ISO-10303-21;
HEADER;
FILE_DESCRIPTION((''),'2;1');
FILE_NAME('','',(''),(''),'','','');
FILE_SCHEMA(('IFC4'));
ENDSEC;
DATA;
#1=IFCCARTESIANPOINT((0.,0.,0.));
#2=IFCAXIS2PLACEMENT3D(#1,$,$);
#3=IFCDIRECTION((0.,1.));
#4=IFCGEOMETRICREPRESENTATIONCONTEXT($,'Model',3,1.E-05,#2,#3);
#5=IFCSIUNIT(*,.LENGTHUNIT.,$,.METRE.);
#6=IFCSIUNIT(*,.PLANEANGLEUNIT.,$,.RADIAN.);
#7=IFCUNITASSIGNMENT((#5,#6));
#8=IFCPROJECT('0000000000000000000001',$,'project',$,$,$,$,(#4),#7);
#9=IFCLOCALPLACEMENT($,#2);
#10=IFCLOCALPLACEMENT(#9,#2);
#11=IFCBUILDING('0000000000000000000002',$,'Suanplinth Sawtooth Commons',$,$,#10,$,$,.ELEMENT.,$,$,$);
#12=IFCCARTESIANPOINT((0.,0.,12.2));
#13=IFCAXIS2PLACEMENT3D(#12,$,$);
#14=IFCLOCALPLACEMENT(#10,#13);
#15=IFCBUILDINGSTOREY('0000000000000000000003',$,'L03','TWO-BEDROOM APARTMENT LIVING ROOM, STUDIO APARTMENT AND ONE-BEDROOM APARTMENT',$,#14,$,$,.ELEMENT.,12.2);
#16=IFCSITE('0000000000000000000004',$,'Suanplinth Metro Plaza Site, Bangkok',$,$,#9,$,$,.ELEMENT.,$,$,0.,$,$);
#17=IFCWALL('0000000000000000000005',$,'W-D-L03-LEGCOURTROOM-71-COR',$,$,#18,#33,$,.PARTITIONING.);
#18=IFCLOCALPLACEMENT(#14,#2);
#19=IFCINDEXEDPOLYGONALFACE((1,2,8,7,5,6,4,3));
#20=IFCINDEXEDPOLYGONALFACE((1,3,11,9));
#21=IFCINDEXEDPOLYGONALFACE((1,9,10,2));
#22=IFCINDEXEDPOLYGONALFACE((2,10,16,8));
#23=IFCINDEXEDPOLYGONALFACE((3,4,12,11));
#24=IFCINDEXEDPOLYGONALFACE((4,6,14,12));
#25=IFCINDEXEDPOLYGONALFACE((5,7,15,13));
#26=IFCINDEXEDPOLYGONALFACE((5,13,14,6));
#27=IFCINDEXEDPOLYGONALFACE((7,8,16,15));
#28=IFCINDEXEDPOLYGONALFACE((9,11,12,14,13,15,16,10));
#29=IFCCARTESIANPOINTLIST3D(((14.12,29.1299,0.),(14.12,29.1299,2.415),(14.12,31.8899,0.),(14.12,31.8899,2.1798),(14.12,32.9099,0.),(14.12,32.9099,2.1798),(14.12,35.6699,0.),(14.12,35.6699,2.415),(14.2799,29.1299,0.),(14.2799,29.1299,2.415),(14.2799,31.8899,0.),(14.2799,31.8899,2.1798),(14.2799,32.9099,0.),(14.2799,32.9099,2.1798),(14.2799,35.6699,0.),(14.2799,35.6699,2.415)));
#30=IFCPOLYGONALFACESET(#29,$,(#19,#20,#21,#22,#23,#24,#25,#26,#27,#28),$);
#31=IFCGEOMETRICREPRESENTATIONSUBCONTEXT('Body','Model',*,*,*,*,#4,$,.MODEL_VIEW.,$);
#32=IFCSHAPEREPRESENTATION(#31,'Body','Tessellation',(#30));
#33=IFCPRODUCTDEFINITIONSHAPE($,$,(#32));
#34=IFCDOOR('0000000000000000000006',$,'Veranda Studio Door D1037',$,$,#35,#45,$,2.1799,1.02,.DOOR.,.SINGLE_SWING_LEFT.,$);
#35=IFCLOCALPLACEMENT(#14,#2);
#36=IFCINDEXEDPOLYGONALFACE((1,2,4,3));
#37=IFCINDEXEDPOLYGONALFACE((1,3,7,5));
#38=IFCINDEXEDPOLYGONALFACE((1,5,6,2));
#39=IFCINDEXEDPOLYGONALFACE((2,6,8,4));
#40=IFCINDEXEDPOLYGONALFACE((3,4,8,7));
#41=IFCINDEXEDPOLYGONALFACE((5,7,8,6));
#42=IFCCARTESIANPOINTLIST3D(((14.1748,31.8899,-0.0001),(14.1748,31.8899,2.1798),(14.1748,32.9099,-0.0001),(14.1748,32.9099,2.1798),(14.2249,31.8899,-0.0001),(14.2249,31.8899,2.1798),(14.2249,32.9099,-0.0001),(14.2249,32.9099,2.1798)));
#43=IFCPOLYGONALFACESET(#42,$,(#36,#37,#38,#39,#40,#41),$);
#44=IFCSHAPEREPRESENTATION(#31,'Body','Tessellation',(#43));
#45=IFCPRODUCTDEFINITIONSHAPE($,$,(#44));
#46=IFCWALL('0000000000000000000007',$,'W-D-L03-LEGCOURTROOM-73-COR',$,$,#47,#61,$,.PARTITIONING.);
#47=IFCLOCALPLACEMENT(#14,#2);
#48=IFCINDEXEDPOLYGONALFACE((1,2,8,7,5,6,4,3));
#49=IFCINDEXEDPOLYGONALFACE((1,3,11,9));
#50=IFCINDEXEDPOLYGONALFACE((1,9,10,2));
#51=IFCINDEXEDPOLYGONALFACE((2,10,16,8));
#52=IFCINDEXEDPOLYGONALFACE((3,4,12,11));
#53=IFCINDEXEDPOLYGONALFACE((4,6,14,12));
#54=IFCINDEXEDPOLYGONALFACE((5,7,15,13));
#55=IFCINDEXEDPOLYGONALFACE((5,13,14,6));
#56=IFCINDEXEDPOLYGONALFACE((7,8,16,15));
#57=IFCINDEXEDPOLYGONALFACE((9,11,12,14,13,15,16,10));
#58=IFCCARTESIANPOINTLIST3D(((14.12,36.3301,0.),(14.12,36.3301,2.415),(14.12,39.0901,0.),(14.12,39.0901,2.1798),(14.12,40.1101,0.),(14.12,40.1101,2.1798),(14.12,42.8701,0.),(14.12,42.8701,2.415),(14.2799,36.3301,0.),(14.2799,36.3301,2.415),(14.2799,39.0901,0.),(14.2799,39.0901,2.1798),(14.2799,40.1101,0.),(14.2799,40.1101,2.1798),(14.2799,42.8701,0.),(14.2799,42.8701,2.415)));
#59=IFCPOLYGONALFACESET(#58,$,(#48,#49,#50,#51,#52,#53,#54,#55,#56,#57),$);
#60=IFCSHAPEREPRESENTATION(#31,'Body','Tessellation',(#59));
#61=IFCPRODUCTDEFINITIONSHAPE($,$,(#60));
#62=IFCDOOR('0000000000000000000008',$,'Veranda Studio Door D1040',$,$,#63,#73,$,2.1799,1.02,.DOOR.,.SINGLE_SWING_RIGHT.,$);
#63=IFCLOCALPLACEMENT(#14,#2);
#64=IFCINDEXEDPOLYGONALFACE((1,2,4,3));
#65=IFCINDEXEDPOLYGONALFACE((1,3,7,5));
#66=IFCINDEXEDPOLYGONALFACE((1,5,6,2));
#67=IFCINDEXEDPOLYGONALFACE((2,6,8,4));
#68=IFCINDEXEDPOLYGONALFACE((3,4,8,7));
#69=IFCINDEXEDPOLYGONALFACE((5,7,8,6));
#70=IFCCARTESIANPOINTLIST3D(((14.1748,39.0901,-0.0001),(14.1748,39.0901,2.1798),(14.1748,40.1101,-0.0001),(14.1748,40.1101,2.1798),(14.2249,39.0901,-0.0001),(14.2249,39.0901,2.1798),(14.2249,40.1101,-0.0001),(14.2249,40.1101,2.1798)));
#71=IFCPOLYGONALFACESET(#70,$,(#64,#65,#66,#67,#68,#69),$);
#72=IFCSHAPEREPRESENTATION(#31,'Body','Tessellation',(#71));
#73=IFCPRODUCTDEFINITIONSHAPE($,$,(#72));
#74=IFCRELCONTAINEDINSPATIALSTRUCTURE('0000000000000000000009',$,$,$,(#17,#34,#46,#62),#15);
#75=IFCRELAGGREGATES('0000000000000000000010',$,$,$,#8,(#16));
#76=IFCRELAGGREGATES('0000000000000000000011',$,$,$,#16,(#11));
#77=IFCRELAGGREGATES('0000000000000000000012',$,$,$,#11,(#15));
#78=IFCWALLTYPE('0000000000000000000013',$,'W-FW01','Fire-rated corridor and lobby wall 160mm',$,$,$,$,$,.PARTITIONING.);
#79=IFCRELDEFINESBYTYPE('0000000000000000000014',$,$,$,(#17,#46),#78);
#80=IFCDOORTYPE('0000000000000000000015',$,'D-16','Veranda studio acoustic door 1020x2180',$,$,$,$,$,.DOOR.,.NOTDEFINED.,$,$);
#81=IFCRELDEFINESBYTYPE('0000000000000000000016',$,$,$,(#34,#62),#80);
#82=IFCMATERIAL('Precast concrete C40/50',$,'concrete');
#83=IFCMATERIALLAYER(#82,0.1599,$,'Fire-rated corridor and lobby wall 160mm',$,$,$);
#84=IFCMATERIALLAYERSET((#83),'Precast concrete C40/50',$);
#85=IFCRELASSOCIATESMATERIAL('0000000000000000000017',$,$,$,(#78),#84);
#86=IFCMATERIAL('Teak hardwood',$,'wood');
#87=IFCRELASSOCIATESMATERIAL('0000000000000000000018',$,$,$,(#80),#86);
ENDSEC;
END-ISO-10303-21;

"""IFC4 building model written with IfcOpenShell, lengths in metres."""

from ifc_helpers import new_model, si_unit, direction, frame, frame_2d, origin, place, context, subcontext, project, spatial, rectangle, extrude, material, layer, layer_set, type_object, element, fill, save


model = new_model("IFC4")

# Units and contexts
model_context = context("Model", 3, precision=1e-05, world=origin(), true_north=direction((0.0, 1.0)))
body_context = subcontext(model_context, "Body", "Model", "MODEL_VIEW")
ifc_project = project(units=[si_unit("LENGTHUNIT", "METRE"), si_unit("PLANEANGLEUNIT", "RADIAN")], contexts=[model_context])

# Site, building, storey
site_placement = place(None, origin())
site = spatial("IfcSite", under=ifc_project, at=site_placement, Name="Suanplinth Metro Plaza Site, Bangkok", CompositionType="ELEMENT", RefElevation=0.0)
building_placement = place(site_placement, origin())
building = spatial("IfcBuilding", under=site, at=building_placement, Name="Suanplinth Sawtooth Commons", CompositionType="ELEMENT")
storey_placement = place(building_placement, frame((0.0, 0.0, 12.2)))
storey = spatial("IfcBuildingStorey", under=building, at=storey_placement, Name="L03", Description="TWO-BEDROOM APARTMENT LIVING ROOM, STUDIO APARTMENT AND ONE-BEDROOM APARTMENT", CompositionType="ELEMENT", Elevation=12.2)

# Shared definitions
ifc_material_1 = material(Name="Precast concrete C40/50", Category="concrete")

# Walls, openings, doors
ifc_layer_1 = layer(ifc_material_1, 0.1599, Name="Fire-rated corridor and lobby wall 160mm")
ifc_layer_set_1 = layer_set([ifc_layer_1], Name="Precast concrete C40/50")
wall_type_1 = type_object("IfcWallType", Name="W-FW01", Description="Fire-rated corridor and lobby wall 160mm", PredefinedType="PARTITIONING", material=ifc_layer_set_1)
wall_1_placement = place(storey_placement, frame((14.2, 29.1299, 0.0), z_axis=(0.0, 0.0, 1.0), x_axis=(0.0, 1.0, 0.0)))
wall_1 = element("IfcWall", 1, at=wall_1_placement, inside=storey, type_object=wall_type_1, Name="W-D-L03-LEGCOURTROOM-71-COR", PredefinedType="PARTITIONING", context=body_context, shape_type="SweptSolid", body=[
    extrude(rectangle(XDim=6.54, YDim=0.1599, at=frame_2d((3.27, 0.0))), origin(), (0.0, 0.0, 1.0), 2.415),
])
opening_1_placement = place(wall_1_placement, frame((2.76, 0.0, 0.0)))
opening_1 = element("IfcOpeningElement", 2, at=opening_1_placement, cuts=wall_1, PredefinedType="OPENING", context=body_context, shape_type="SweptSolid", body=[
    extrude(rectangle(XDim=1.02, YDim=2.1799, at=frame_2d((0.51, 1.0898))), frame((0.0, 0.0947, 0.0), z_axis=(0.0, -1.0, 0.0), x_axis=(1.0, 0.0, 0.0)), (0.0, 0.0, 1.0), 0.1897),
])
ifc_material_2 = material(Name="Teak hardwood", Category="wood")
door_type_1 = type_object("IfcDoorType", Name="D-16", Description="Veranda studio acoustic door 1020x2180", OperationType="NOTDEFINED", PredefinedType="DOOR", material=ifc_material_2)
door_1_placement = place(opening_1_placement, frame((1.02, 0.0, 0.0), z_axis=(0.0, 0.0, 1.0), x_axis=(-1.0, 0.0, 0.0)))
door_1 = element("IfcDoor", 3, at=door_1_placement, inside=storey, type_object=door_type_1, Name="Veranda Studio Door D1037", OperationType="SINGLE_SWING_LEFT", OverallHeight=2.1799, OverallWidth=1.02, PredefinedType="DOOR", context=body_context, shape_type="SweptSolid", body=[
    extrude(rectangle(XDim=1.02, YDim=2.1799, at=frame_2d((0.51, 1.0898))), frame((0.0, 0.0249, 0.0), z_axis=(0.0, -1.0, 0.0), x_axis=(1.0, 0.0, 0.0)), (0.0, 0.0, 1.0), 0.05),
])
fill(opening_1, door_1)
wall_2_placement = place(storey_placement, frame((14.2, 36.3301, 0.0), z_axis=(0.0, 0.0, 1.0), x_axis=(0.0, 1.0, 0.0)))
wall_2 = element("IfcWall", 4, at=wall_2_placement, inside=storey, type_object=wall_type_1, Name="W-D-L03-LEGCOURTROOM-73-COR", PredefinedType="PARTITIONING", context=body_context, shape_type="SweptSolid", body=[
    extrude(rectangle(XDim=6.54, YDim=0.1599, at=frame_2d((3.27, 0.0))), origin(), (0.0, 0.0, 1.0), 2.415),
])
opening_2_placement = place(wall_2_placement, frame((2.76, 0.0, 0.0)))
opening_2 = element("IfcOpeningElement", 5, at=opening_2_placement, cuts=wall_2, PredefinedType="OPENING", context=body_context, shape_type="SweptSolid", body=[
    extrude(rectangle(XDim=1.02, YDim=2.1799, at=frame_2d((0.51, 1.0898))), frame((0.0, 0.0947, 0.0), z_axis=(0.0, -1.0, 0.0), x_axis=(1.0, 0.0, 0.0)), (0.0, 0.0, 1.0), 0.1897),
])
door_2_placement = place(opening_2_placement, frame((1.02, 0.0, 0.0), z_axis=(0.0, 0.0, 1.0), x_axis=(-1.0, 0.0, 0.0)))
door_2 = element("IfcDoor", 6, at=door_2_placement, inside=storey, type_object=door_type_1, Name="Veranda Studio Door D1040", OperationType="SINGLE_SWING_RIGHT", OverallHeight=2.1799, OverallWidth=1.02, PredefinedType="DOOR", context=body_context, shape_type="SweptSolid", body=[
    extrude(rectangle(XDim=1.02, YDim=2.1799, at=frame_2d((0.51, 1.0898))), frame((0.0, 0.0249, 0.0), z_axis=(0.0, -1.0, 0.0), x_axis=(1.0, 0.0, 0.0)), (0.0, 0.0, 1.0), 0.05),
])
fill(opening_2, door_2)

save(model, "model.ifc")
